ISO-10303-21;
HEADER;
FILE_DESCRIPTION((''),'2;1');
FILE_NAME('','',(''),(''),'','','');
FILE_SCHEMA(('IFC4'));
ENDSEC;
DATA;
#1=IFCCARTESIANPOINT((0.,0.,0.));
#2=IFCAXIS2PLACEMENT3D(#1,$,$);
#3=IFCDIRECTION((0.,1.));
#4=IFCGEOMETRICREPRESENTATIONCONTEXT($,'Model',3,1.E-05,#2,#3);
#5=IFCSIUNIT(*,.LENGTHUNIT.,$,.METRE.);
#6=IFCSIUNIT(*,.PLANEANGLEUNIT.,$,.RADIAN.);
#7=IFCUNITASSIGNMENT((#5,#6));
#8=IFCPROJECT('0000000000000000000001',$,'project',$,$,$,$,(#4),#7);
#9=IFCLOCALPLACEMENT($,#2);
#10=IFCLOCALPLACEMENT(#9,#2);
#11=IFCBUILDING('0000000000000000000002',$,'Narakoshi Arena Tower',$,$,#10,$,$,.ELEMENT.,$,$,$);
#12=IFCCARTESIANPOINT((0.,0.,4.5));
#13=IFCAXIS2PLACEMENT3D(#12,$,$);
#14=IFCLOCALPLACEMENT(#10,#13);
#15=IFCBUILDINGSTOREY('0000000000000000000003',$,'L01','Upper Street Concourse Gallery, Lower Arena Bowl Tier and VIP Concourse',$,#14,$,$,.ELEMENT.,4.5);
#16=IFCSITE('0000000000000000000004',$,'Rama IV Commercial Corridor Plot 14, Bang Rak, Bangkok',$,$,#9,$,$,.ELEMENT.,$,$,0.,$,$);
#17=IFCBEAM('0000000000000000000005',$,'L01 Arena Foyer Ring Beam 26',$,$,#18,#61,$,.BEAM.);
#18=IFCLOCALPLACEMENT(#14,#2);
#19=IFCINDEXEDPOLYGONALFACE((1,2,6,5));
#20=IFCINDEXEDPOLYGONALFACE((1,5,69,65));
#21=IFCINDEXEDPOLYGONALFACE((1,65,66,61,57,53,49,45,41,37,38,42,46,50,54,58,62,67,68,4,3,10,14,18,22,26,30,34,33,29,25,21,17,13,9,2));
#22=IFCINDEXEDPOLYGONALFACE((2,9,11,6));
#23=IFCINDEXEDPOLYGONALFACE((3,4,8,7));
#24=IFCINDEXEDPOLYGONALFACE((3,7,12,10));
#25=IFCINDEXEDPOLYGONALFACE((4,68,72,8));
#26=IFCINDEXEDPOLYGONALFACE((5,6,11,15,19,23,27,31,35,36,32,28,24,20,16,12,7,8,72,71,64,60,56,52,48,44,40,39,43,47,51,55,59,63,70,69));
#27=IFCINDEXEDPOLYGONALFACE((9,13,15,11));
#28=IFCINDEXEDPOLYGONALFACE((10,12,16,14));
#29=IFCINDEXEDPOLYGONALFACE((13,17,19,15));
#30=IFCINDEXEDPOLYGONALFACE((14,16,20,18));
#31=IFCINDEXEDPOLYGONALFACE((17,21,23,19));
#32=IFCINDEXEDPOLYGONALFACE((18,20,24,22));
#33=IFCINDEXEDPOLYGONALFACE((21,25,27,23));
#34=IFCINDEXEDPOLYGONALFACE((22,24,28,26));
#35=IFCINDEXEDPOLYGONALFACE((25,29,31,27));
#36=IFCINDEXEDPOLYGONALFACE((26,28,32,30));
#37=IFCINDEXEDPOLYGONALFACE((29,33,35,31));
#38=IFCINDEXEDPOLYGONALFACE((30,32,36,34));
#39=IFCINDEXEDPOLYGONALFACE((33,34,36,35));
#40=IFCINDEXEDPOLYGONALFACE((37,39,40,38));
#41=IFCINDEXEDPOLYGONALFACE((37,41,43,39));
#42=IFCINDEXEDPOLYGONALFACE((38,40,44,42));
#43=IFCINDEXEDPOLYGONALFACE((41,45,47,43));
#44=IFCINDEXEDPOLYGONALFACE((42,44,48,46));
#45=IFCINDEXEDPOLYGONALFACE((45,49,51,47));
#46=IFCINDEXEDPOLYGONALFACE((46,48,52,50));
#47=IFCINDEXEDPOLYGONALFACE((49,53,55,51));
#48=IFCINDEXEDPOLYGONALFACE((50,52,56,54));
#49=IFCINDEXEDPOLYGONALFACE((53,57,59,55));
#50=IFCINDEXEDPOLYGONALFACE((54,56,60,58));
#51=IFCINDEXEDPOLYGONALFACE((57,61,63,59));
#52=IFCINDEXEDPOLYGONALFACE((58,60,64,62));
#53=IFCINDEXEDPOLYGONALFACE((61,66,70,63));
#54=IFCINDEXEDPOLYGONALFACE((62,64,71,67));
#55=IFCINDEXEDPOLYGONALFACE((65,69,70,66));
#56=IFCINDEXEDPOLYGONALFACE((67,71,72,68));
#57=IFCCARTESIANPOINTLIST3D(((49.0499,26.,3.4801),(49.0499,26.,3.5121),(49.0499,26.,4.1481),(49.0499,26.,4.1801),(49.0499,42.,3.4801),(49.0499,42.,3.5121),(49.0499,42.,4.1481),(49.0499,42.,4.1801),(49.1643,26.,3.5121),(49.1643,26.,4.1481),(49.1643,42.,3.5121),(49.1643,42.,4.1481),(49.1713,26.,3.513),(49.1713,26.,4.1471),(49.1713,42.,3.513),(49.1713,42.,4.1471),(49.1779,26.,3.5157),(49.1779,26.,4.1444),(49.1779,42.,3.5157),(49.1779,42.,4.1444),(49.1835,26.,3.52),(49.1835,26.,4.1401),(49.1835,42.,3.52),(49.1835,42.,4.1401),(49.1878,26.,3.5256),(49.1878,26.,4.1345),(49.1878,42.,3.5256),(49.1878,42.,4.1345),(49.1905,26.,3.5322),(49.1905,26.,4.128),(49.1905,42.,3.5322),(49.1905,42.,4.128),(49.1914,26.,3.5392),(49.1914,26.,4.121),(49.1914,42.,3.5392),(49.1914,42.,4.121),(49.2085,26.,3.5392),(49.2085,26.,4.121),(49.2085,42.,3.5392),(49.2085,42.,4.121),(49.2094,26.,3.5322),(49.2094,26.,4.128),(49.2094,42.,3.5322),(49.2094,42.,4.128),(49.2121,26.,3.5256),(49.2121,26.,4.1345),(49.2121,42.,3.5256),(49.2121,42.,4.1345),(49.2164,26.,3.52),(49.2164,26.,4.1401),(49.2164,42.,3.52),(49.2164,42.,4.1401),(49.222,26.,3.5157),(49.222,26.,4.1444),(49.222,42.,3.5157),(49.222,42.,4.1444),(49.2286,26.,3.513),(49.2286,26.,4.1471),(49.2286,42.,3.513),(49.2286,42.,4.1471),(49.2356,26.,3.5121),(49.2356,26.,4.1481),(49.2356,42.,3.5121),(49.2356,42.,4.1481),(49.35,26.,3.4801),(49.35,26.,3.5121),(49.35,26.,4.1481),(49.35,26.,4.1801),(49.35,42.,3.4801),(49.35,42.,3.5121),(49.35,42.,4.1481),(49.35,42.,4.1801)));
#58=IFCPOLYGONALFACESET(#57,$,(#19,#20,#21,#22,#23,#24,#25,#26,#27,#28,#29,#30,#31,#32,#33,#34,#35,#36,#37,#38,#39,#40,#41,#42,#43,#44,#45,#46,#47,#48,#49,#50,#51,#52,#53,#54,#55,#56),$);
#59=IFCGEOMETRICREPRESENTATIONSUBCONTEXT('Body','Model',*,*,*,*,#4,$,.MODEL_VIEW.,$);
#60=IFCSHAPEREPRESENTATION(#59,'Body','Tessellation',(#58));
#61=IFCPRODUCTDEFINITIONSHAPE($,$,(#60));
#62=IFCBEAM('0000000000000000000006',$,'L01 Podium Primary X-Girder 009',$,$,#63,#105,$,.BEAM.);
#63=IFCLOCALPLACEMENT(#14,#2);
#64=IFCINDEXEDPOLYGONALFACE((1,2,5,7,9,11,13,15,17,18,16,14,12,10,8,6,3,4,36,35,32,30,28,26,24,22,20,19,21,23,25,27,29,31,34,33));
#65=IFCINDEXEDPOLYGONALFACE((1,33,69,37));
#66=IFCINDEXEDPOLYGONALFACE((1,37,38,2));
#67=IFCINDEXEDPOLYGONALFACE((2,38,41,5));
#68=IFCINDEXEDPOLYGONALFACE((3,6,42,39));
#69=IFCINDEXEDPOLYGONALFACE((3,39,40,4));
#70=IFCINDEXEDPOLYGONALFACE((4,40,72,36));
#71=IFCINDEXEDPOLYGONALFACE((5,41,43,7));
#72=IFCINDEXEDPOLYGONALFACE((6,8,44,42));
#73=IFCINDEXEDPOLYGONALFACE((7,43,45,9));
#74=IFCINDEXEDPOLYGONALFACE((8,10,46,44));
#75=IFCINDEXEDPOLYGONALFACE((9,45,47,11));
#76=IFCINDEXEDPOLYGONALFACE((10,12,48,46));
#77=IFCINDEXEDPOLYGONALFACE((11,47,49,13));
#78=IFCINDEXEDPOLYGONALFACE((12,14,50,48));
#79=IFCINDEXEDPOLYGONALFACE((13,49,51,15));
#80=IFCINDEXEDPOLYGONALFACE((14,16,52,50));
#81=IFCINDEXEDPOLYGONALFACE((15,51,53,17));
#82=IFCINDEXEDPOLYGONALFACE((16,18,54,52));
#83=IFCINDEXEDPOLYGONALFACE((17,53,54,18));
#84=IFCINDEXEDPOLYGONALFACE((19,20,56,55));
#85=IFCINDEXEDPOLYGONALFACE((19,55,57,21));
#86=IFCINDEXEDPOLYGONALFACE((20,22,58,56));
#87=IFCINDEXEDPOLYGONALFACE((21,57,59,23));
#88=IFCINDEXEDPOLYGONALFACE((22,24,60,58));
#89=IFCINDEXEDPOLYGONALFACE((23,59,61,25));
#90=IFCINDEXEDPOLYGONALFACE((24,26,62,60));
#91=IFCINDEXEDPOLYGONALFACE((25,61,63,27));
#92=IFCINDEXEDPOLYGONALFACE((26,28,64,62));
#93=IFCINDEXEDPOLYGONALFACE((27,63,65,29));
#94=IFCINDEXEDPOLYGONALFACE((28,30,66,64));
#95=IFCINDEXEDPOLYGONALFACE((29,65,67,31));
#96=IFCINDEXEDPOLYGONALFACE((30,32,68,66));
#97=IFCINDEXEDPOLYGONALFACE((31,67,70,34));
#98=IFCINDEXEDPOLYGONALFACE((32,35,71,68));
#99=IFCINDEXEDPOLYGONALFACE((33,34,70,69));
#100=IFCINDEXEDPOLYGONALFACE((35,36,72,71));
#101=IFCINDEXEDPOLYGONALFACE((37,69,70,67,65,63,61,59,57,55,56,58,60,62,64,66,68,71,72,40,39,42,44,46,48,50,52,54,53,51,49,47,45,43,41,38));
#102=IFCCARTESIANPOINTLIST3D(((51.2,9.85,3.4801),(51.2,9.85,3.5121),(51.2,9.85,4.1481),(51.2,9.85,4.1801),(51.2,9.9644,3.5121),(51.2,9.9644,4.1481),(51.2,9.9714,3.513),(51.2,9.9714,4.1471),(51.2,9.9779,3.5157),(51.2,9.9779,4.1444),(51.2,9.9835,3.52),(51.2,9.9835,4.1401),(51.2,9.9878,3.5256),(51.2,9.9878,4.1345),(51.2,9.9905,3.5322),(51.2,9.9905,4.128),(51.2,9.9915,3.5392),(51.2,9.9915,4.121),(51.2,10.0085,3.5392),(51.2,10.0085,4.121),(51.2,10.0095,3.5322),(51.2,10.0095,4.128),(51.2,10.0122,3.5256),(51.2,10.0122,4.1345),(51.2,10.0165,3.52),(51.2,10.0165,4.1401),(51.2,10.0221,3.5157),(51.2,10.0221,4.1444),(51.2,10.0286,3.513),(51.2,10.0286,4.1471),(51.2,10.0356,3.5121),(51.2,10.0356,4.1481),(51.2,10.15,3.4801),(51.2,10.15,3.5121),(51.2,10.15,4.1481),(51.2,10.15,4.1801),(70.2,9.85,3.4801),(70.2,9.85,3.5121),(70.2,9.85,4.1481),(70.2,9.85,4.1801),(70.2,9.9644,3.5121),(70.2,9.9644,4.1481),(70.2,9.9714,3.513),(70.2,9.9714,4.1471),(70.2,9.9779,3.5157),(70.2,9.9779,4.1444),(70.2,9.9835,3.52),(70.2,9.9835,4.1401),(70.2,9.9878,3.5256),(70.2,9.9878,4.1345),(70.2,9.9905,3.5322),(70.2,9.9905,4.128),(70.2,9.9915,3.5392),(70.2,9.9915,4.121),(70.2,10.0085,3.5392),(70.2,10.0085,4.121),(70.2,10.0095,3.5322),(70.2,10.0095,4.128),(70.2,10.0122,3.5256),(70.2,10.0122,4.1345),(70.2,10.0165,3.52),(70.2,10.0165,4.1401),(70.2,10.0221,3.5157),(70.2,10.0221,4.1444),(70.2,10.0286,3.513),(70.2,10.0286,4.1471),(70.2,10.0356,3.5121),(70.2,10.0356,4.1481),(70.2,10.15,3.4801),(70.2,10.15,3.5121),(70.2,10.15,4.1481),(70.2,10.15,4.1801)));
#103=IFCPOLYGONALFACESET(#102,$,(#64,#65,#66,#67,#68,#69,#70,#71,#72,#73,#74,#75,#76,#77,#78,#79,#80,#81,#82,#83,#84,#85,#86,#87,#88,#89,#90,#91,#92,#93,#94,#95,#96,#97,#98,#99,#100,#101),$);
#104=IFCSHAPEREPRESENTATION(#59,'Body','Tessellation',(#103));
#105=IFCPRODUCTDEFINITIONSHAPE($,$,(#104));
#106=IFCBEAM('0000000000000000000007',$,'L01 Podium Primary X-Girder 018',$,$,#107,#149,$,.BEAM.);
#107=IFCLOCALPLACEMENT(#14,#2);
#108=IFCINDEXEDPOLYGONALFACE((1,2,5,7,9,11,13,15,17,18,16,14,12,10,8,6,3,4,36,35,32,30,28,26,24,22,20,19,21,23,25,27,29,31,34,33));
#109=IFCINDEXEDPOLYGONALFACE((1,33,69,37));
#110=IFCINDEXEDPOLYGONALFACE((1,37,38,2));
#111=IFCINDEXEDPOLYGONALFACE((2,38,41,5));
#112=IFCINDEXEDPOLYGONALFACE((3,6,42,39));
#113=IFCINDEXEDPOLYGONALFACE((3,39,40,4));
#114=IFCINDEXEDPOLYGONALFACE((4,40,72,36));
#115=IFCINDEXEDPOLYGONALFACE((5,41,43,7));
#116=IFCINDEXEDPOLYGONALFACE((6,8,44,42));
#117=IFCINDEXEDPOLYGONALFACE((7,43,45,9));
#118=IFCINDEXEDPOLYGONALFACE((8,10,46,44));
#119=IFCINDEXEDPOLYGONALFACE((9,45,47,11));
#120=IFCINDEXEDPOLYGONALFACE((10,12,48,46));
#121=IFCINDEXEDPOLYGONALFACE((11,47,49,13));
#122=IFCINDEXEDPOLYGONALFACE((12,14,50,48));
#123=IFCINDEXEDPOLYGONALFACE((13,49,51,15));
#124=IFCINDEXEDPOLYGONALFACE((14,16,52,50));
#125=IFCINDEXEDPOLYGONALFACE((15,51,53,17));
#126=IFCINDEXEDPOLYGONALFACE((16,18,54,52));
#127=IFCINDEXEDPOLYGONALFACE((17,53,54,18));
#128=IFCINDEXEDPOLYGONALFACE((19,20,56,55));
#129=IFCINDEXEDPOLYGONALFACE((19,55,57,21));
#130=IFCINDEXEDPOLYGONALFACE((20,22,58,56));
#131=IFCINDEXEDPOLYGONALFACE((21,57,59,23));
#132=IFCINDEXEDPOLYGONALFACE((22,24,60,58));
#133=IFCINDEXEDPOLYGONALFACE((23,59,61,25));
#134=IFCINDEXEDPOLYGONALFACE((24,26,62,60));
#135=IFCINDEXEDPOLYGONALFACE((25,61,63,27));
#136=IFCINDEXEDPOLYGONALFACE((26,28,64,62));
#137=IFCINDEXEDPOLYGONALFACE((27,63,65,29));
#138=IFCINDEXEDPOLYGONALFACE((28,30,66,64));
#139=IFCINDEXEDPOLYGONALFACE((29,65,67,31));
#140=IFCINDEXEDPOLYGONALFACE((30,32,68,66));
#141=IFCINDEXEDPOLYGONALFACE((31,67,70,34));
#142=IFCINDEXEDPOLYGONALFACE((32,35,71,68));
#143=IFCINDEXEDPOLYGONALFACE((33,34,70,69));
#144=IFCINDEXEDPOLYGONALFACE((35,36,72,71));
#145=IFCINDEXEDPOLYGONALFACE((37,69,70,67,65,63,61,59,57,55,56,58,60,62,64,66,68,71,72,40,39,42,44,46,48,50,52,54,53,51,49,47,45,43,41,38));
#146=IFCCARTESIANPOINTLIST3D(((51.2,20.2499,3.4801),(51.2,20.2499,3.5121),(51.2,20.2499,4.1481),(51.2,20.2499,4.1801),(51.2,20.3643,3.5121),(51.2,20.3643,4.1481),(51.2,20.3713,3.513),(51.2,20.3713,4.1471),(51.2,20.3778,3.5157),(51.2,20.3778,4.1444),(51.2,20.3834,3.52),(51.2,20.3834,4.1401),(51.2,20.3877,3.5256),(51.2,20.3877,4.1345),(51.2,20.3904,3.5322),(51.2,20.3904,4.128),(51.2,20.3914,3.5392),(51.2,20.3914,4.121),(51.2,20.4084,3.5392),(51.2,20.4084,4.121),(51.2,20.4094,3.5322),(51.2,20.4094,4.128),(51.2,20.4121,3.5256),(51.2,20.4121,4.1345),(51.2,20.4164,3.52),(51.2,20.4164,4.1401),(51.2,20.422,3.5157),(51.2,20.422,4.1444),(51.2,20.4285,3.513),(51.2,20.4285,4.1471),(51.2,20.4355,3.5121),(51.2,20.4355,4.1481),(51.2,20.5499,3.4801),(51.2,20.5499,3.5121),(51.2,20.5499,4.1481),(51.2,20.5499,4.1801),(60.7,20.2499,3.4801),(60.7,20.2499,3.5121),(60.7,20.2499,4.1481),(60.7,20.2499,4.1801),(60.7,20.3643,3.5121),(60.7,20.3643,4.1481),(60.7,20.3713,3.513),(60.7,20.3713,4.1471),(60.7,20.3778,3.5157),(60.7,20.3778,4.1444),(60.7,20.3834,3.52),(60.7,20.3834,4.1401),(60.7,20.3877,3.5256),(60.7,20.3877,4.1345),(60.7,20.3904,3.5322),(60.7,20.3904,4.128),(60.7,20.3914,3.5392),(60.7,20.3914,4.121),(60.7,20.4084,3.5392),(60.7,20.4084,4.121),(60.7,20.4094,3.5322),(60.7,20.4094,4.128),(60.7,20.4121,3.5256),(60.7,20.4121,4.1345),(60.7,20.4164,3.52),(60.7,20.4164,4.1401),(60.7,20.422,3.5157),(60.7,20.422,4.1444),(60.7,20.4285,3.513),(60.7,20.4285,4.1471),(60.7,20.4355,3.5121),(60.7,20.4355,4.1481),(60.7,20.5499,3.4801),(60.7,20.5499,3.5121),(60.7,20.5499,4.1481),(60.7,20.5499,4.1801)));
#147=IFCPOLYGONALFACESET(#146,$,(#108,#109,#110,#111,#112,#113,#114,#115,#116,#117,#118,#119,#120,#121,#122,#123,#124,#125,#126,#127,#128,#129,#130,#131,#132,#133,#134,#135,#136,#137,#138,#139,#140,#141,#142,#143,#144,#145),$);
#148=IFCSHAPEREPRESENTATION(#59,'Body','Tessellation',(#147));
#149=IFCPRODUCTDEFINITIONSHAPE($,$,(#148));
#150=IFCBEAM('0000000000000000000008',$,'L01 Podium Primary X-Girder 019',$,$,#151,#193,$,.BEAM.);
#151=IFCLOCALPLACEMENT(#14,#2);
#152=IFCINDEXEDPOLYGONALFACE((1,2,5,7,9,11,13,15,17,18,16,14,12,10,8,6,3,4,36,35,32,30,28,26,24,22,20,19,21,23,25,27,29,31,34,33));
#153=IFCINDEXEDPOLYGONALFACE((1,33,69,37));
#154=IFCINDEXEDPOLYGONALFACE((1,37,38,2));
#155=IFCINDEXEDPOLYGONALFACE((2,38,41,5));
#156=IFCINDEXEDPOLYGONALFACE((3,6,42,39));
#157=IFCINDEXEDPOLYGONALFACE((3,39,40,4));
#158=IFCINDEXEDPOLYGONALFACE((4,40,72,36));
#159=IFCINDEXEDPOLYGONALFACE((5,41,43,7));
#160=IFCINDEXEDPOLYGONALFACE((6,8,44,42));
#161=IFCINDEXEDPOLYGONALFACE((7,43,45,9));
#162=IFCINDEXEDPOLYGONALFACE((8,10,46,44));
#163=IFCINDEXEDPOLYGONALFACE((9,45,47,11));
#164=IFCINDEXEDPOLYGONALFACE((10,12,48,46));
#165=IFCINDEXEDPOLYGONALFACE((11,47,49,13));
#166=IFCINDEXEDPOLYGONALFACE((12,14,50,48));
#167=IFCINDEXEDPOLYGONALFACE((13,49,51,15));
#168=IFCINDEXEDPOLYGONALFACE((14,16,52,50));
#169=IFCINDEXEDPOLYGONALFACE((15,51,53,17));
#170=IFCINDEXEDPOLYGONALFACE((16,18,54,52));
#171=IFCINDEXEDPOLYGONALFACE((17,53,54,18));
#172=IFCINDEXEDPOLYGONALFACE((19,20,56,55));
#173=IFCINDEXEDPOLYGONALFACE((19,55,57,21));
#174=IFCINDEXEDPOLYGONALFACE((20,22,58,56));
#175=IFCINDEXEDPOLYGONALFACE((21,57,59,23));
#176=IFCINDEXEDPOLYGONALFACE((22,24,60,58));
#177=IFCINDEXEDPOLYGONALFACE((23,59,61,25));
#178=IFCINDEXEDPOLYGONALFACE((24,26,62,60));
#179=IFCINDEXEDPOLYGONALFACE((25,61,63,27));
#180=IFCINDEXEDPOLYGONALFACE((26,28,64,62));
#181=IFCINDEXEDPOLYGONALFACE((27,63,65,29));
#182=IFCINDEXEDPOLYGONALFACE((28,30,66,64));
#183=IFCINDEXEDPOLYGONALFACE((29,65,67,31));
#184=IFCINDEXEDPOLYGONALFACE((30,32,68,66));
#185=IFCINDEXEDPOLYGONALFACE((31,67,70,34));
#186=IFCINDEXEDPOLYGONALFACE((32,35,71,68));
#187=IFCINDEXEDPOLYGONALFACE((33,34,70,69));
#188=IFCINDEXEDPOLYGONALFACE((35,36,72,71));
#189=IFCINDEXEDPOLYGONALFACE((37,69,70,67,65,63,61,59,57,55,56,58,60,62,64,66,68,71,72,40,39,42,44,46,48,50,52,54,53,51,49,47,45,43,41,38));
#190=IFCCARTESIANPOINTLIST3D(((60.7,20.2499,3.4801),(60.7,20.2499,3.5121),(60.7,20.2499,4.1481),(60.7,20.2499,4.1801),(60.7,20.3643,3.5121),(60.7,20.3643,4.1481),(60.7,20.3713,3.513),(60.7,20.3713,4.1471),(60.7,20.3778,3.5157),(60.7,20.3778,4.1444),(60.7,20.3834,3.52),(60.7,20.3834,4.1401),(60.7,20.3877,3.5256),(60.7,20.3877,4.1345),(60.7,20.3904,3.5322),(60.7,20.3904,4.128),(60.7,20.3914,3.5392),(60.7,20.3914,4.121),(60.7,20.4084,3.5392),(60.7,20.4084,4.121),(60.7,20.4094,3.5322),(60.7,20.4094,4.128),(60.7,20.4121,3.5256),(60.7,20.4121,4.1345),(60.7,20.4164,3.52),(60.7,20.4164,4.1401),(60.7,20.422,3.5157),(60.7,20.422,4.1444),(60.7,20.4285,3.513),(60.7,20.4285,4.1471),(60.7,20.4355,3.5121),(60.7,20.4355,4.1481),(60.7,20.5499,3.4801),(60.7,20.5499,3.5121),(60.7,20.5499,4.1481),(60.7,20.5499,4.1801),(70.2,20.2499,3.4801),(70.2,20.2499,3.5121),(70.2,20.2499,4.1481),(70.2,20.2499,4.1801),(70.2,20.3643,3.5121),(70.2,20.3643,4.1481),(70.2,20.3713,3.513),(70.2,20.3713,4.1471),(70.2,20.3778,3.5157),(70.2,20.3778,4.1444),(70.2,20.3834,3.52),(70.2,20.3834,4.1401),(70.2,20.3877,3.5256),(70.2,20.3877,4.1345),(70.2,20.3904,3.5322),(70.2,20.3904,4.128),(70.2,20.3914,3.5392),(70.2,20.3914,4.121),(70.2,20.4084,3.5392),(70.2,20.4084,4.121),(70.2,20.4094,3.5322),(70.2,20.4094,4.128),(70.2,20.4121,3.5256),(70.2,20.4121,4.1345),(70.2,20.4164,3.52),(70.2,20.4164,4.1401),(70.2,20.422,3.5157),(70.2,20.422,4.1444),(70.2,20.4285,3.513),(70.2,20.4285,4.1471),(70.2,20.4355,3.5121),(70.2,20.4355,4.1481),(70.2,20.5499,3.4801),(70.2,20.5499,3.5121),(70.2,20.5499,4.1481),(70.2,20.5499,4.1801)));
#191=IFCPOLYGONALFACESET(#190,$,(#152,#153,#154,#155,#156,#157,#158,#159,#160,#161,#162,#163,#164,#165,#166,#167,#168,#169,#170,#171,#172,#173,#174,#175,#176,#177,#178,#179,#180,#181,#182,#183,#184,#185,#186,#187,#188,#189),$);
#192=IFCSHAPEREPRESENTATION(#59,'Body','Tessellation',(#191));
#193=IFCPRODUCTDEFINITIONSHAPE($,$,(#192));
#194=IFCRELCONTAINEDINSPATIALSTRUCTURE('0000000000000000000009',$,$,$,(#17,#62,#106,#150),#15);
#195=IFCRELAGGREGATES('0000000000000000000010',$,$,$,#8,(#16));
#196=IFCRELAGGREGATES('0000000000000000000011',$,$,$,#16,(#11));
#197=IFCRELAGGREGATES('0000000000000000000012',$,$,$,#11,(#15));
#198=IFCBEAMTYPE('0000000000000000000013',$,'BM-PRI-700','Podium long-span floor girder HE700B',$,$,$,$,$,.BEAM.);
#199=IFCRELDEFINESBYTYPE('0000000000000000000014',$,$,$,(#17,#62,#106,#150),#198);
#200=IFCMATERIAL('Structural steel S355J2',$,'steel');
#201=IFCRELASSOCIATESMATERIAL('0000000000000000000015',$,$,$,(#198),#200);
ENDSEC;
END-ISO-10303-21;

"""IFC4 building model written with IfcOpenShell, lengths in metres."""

from ifc_helpers import new_model, si_unit, direction, frame, origin, origin_2d, place, context, subcontext, project, spatial, i_section, extrude, material, material_profile, profile_set, type_object, element, save


model = new_model("IFC4")

# Units and contexts
model_context = context("Model", 3, precision=1e-05, world=origin(), true_north=direction((0.0, 1.0)))
body_context = subcontext(model_context, "Body", "Model", "MODEL_VIEW")
ifc_project = project(units=[si_unit("LENGTHUNIT", "METRE"), si_unit("PLANEANGLEUNIT", "RADIAN")], contexts=[model_context])

# Site, building, storey
site_placement = place(None, origin())
site = spatial("IfcSite", under=ifc_project, at=site_placement, Name="Rama IV Commercial Corridor Plot 14, Bang Rak, Bangkok", CompositionType="ELEMENT", RefElevation=0.0)
building_placement = place(site_placement, origin())
building = spatial("IfcBuilding", under=site, at=building_placement, Name="Narakoshi Arena Tower", CompositionType="ELEMENT")
storey_placement = place(building_placement, frame((0.0, 0.0, 4.5)))
storey = spatial("IfcBuildingStorey", under=building, at=storey_placement, Name="L01", Description="Upper Street Concourse Gallery, Lower Arena Bowl Tier and VIP Concourse", CompositionType="ELEMENT", Elevation=4.5)

# Beams
ifc_material_1 = material(Name="Structural steel S355J2", Category="steel")
ifc_material_profile_1 = material_profile(ifc_material_1, i_section(OverallWidth=0.3, OverallDepth=0.7, WebThickness=0.0171, FlangeThickness=0.032, FilletRadius=0.0271, at=origin_2d()), Name="HE700B")
ifc_profile_set_1 = profile_set([ifc_material_profile_1], Name="Structural steel S355J2")
beam_type_1 = type_object("IfcBeamType", Name="BM-PRI-700", Description="Podium long-span floor girder HE700B", PredefinedType="BEAM", material=ifc_profile_set_1)
beam_1_placement = place(storey_placement, frame((49.2, 26.0, 3.8301), z_axis=(0.0, 1.0, 0.0), x_axis=(-1.0, 0.0, 0.0)))
element("IfcBeam", 1, at=beam_1_placement, inside=storey, type_object=beam_type_1, Name="L01 Arena Foyer Ring Beam 26", PredefinedType="BEAM", context=body_context, shape_type="SweptSolid", body=[
    extrude(i_section(OverallWidth=0.3, OverallDepth=0.7, WebThickness=0.0171, FlangeThickness=0.032, FilletRadius=0.0271, at=origin_2d()), origin(), (0.0, 0.0, 1.0), 16.0),
])
beam_2_placement = place(storey_placement, frame((51.2, 10.0, 3.8301), z_axis=(1.0, 0.0, 0.0), x_axis=(0.0, 1.0, 0.0)))
element("IfcBeam", 2, at=beam_2_placement, inside=storey, type_object=beam_type_1, Name="L01 Podium Primary X-Girder 009", PredefinedType="BEAM", context=body_context, shape_type="SweptSolid", body=[
    extrude(i_section(OverallWidth=0.3, OverallDepth=0.7, WebThickness=0.0171, FlangeThickness=0.032, FilletRadius=0.0271, at=origin_2d()), origin(), (0.0, 0.0, 1.0), 19.0),
])
for number, where, z_axis, x_axis, name in (
    (3, (51.2, 20.3999, 3.8301), (1.0, 0.0, 0.0), (0.0, 1.0, 0.0), "L01 Podium Primary X-Girder 018"),
    (4, (60.7, 20.3999, 3.8301), (1.0, 0.0, 0.0), (0.0, 1.0, 0.0), "L01 Podium Primary X-Girder 019"),
):
    element("IfcBeam", number, at=place(storey_placement, frame(where, z_axis=z_axis, x_axis=x_axis)), inside=storey, type_object=beam_type_1, Name=name, PredefinedType="BEAM", context=body_context, shape_type="SweptSolid", body=[
        extrude(i_section(OverallWidth=0.3, OverallDepth=0.7, WebThickness=0.0171, FlangeThickness=0.032, FilletRadius=0.0271, at=origin_2d()), origin(), (0.0, 0.0, 1.0), 9.5),
    ])

save(model, "model.ifc")
